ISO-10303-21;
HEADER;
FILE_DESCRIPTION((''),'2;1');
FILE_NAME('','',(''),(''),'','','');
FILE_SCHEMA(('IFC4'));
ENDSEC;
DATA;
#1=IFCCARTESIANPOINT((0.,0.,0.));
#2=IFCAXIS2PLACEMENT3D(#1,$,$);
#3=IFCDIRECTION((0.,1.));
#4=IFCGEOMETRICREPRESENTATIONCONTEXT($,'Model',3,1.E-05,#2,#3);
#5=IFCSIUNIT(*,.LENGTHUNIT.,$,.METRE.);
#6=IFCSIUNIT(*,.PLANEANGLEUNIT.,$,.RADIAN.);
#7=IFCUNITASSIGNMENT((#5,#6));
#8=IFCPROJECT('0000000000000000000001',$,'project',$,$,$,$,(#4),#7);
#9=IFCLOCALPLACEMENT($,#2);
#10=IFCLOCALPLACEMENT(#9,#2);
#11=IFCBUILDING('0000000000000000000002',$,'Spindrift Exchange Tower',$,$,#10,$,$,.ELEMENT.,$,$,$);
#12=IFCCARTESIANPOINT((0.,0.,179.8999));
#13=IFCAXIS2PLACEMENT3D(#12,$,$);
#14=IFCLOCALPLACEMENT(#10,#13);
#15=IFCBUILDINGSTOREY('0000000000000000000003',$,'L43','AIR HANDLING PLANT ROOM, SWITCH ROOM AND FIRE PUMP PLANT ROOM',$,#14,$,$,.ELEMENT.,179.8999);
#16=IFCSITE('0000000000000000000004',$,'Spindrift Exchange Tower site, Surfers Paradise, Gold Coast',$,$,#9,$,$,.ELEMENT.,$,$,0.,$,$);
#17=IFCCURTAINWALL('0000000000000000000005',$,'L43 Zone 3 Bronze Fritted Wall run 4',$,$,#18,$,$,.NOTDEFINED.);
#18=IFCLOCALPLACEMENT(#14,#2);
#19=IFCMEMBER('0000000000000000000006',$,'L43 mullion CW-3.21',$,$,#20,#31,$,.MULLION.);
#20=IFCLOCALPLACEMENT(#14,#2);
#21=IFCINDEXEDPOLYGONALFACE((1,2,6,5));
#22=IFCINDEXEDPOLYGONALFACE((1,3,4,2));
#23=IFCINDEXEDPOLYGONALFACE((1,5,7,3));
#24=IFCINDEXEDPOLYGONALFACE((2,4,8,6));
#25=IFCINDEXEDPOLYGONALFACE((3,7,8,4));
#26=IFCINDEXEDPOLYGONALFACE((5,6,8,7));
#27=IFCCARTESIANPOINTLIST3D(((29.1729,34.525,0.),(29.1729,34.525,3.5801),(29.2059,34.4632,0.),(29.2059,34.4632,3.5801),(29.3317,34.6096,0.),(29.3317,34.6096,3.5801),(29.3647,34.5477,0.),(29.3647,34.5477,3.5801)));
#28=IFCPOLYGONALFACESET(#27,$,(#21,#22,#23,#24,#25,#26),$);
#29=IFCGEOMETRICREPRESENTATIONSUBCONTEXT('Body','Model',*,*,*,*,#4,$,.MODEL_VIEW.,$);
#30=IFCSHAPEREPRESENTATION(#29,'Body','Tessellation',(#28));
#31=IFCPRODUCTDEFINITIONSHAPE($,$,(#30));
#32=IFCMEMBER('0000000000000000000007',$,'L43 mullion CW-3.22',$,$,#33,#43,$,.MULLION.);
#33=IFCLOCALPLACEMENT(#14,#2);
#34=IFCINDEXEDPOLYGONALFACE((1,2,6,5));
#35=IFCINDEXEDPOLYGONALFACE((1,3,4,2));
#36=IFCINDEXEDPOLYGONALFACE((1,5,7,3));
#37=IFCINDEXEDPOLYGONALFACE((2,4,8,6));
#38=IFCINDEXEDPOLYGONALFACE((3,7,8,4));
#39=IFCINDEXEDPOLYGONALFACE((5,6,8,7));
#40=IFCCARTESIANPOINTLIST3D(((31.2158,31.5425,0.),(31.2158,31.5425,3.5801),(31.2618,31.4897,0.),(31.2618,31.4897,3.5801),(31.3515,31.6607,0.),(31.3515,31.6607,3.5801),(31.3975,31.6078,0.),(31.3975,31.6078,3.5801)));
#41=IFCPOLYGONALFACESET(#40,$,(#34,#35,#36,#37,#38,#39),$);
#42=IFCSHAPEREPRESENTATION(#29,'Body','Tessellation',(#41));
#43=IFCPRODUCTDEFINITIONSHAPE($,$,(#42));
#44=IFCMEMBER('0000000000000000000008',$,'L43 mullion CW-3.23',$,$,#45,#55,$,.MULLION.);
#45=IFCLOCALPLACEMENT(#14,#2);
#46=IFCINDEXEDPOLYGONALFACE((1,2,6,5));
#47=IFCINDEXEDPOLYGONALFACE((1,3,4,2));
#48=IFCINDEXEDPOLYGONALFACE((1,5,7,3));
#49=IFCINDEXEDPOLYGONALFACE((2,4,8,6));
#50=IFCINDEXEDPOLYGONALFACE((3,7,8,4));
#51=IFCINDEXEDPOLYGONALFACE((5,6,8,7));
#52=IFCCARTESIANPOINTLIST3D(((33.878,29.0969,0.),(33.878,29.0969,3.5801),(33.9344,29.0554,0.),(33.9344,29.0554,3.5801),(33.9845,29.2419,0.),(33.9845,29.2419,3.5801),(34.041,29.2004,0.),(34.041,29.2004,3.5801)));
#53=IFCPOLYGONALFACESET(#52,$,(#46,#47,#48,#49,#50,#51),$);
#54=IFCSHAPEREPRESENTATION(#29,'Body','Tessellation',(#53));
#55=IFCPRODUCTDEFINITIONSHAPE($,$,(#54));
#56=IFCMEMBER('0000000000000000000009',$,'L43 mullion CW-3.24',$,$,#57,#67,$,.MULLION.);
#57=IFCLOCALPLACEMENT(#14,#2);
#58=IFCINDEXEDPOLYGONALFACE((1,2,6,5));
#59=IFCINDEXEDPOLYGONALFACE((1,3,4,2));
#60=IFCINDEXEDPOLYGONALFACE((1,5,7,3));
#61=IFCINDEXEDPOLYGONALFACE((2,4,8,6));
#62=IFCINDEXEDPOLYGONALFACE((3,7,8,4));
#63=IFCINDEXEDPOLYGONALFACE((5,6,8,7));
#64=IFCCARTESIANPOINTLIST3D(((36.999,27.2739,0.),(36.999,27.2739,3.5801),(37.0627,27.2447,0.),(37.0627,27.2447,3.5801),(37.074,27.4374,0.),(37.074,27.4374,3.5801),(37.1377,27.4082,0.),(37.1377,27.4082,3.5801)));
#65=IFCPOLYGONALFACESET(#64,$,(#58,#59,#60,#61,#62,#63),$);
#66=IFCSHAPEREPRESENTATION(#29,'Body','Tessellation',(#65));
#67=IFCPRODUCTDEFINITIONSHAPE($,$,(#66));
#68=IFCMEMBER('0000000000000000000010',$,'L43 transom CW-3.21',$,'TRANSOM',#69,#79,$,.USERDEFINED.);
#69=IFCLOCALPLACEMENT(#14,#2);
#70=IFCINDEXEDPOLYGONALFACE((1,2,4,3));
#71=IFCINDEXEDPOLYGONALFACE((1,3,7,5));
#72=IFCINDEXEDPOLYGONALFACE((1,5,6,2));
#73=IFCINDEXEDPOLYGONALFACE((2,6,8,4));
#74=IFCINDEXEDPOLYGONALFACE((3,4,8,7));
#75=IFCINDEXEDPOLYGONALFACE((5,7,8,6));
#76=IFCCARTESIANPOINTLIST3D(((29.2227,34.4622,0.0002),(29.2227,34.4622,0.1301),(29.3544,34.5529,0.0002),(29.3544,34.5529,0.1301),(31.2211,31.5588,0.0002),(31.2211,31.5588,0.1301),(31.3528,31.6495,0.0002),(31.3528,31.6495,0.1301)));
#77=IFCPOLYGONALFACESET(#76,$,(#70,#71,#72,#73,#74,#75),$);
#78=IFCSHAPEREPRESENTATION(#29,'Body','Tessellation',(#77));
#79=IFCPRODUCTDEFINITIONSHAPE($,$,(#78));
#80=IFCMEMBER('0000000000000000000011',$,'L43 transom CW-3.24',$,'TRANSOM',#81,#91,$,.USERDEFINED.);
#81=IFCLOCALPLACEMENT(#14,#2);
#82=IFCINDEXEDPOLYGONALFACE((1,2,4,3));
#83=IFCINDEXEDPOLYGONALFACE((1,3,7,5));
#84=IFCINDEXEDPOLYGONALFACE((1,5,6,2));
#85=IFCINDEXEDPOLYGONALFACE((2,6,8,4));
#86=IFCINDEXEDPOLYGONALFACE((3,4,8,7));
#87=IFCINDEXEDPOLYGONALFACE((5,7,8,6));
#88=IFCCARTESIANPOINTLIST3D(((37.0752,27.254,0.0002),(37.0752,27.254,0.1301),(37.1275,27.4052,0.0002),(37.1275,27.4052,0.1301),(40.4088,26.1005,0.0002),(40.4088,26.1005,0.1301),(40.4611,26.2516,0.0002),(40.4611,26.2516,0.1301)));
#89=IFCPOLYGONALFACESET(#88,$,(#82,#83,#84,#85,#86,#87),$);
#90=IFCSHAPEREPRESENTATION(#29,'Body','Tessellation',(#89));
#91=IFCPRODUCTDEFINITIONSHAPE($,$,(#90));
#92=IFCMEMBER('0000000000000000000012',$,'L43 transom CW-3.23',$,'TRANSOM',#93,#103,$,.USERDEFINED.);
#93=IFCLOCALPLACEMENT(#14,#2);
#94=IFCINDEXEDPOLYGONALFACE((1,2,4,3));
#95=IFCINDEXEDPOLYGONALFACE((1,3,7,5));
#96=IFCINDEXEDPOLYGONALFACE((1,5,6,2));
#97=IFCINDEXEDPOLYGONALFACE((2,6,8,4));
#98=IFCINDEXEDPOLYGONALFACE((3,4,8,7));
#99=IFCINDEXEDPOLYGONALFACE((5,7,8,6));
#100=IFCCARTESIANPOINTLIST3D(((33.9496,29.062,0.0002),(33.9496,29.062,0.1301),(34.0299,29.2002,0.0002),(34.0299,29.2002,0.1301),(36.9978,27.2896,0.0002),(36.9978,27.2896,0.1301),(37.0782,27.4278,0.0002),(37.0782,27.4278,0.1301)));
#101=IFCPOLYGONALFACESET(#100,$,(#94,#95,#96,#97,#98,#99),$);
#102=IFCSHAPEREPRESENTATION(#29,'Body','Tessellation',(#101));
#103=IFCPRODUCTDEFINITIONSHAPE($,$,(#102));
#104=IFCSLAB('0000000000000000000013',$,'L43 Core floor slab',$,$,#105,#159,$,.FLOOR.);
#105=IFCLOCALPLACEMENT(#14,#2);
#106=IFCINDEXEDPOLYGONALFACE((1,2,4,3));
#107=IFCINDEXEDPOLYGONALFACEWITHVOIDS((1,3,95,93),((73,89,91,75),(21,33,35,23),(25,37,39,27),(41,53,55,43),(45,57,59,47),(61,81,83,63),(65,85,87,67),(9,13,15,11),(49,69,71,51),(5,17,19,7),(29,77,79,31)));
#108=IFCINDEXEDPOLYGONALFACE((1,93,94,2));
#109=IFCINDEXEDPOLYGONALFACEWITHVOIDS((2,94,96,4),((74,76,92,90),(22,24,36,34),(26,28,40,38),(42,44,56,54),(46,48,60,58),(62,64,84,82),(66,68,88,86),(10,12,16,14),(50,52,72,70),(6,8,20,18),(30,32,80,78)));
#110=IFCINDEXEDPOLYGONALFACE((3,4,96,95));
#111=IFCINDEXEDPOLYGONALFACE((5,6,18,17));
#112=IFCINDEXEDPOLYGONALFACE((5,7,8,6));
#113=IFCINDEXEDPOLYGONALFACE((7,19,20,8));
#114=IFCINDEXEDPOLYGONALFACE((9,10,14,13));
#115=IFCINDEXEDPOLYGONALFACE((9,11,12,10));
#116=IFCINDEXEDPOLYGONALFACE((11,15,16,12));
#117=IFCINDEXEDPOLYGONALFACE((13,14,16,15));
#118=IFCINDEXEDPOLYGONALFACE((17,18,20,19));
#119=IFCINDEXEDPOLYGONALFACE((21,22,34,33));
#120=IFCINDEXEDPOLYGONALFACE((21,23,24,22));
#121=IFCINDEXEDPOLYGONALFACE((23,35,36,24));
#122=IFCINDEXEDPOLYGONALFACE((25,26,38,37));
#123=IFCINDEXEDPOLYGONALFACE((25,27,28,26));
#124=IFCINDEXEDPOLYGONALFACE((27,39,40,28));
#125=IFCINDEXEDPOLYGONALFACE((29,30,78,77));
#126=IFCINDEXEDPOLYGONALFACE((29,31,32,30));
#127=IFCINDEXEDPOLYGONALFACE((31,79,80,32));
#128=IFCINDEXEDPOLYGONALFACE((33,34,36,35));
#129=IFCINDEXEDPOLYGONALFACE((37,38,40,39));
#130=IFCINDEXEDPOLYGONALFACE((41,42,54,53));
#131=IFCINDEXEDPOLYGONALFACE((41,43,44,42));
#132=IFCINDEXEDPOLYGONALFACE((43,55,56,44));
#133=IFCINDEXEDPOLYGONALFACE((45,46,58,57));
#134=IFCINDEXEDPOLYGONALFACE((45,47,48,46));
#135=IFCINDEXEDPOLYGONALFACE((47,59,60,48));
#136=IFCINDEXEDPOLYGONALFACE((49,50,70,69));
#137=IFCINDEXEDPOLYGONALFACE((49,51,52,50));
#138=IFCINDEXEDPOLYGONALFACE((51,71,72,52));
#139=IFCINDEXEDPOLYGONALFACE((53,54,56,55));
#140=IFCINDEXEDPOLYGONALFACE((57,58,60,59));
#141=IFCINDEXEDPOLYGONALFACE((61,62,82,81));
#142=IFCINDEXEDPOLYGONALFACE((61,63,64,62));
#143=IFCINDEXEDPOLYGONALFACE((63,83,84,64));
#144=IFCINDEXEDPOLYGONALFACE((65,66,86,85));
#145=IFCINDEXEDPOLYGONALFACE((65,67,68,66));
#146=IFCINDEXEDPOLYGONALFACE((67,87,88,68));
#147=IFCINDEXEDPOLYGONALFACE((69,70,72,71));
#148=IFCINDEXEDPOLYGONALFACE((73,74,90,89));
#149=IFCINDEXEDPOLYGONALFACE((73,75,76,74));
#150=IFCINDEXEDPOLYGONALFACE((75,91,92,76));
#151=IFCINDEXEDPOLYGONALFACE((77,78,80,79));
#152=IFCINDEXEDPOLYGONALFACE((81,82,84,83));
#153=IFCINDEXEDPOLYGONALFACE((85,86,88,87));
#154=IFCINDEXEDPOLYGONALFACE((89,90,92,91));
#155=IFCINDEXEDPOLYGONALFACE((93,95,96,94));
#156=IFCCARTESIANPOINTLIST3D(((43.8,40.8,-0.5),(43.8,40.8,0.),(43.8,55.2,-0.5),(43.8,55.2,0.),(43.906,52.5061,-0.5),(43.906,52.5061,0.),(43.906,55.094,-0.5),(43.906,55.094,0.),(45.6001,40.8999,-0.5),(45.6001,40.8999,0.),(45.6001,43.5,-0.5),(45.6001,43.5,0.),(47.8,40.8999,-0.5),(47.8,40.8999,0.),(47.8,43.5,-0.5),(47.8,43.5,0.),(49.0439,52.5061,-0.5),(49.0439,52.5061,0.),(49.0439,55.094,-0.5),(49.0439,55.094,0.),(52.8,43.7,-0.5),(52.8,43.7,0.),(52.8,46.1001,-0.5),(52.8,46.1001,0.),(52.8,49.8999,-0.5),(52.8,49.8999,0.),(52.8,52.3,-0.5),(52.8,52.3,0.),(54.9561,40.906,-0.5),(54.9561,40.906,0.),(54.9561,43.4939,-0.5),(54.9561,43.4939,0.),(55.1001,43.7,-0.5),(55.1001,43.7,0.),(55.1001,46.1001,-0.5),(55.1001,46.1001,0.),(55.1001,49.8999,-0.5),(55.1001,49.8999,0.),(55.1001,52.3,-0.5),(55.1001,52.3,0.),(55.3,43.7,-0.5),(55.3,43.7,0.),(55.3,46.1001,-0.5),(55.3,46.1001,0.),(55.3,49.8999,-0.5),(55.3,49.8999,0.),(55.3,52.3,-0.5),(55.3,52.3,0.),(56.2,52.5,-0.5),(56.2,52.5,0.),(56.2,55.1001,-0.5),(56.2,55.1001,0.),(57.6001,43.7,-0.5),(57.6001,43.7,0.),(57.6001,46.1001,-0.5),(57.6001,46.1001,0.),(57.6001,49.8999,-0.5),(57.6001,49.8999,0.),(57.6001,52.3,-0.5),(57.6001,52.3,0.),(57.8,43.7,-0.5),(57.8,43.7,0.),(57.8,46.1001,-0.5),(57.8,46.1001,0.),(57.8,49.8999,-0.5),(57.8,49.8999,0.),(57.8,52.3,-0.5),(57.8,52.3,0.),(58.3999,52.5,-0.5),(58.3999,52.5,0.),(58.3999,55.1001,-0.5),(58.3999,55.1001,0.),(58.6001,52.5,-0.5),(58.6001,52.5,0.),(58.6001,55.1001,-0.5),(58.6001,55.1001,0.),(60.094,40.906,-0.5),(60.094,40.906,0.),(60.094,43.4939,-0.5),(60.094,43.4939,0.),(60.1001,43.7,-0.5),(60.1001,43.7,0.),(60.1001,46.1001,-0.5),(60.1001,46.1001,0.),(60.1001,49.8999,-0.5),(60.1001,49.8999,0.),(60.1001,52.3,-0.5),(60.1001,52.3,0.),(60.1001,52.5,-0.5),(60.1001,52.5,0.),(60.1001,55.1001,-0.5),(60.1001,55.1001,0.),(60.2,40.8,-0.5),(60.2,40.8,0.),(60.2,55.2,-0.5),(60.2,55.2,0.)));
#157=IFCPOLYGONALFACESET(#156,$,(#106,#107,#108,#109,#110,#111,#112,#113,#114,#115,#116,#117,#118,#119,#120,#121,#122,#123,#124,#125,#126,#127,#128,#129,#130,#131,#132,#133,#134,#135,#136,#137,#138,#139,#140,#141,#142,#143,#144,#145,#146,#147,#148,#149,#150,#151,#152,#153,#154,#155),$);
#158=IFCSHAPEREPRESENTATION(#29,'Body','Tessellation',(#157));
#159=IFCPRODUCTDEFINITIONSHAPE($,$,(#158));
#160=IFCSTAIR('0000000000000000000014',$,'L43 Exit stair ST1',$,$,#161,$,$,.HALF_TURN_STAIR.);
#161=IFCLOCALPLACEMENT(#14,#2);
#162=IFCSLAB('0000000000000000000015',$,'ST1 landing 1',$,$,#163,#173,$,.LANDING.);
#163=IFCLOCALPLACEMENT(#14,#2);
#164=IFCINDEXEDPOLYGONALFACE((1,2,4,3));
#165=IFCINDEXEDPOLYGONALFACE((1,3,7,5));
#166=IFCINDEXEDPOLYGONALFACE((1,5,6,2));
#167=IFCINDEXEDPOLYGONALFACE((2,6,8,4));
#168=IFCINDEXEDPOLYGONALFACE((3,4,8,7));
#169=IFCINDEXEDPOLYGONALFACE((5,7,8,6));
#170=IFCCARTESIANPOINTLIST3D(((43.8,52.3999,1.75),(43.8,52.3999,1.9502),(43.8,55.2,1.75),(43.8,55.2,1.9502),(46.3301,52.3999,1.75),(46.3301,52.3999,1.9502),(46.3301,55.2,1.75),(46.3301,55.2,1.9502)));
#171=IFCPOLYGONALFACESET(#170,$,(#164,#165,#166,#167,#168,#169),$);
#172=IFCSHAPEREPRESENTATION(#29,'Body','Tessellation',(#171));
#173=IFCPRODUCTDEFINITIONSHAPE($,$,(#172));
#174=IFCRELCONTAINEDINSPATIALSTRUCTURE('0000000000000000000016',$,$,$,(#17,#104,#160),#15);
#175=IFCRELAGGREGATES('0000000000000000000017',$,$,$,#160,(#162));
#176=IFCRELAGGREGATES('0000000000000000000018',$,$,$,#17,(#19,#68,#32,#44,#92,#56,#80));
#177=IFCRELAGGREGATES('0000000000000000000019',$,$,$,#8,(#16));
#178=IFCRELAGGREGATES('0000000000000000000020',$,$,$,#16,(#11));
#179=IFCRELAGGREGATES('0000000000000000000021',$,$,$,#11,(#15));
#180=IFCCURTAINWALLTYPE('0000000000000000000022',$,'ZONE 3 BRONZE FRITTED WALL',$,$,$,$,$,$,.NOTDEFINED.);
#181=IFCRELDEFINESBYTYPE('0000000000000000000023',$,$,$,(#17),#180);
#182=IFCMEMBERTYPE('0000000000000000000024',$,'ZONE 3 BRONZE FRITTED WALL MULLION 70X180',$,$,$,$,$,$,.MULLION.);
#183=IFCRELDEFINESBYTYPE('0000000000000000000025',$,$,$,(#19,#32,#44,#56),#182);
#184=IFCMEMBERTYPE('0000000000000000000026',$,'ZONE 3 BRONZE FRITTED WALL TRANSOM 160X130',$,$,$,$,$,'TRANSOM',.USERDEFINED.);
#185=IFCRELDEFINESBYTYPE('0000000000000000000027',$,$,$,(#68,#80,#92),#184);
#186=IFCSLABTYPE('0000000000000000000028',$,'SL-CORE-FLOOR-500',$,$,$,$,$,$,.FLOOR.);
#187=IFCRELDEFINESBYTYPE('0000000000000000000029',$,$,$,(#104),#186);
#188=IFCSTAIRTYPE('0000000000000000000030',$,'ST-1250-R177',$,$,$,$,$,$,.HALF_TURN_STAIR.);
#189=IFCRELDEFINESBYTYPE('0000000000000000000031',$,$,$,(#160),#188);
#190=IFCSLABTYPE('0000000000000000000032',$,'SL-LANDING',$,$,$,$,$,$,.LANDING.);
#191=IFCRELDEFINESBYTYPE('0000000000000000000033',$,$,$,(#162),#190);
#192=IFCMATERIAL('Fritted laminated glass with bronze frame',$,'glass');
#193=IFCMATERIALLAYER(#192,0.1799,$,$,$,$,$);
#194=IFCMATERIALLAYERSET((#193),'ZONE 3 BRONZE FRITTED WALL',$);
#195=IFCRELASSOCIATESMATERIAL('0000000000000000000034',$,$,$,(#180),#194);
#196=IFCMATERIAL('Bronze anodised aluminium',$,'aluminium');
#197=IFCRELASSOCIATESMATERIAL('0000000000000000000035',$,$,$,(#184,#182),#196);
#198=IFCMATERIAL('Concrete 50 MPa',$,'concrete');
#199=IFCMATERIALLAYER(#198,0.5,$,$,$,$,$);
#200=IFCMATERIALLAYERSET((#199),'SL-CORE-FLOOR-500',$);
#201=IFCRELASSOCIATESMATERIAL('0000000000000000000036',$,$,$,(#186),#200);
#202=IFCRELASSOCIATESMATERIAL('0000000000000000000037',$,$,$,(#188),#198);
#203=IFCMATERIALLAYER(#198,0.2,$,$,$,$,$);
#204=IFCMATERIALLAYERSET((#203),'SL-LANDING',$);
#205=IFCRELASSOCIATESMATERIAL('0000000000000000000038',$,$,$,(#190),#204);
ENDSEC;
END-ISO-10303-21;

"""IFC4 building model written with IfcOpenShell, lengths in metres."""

from ifc_helpers import new_model, si_unit, direction, frame, origin, origin_2d, place, context, subcontext, project, spatial, line, indexed_curve, rectangle, outline, extrude, source, transform, mapped, material, layer, layer_set, material_profile, profile_set, type_object, element, aggregate, save


model = new_model("IFC4")

# Units and contexts
model_context = context("Model", 3, precision=1e-05, world=origin(), true_north=direction((0.0, 1.0)))
body_context = subcontext(model_context, "Body", "Model", "MODEL_VIEW")
ifc_project = project(units=[si_unit("LENGTHUNIT", "METRE"), si_unit("PLANEANGLEUNIT", "RADIAN")], contexts=[model_context])

# Site, building, storey
site_placement = place(None, origin())
site = spatial("IfcSite", under=ifc_project, at=site_placement, Name="Spindrift Exchange Tower site, Surfers Paradise, Gold Coast", CompositionType="ELEMENT", RefElevation=0.0)
building_placement = place(site_placement, origin())
building = spatial("IfcBuilding", under=site, at=building_placement, Name="Spindrift Exchange Tower", CompositionType="ELEMENT")
storey_placement = place(building_placement, frame((0.0, 0.0, 179.8999)))
storey = spatial("IfcBuildingStorey", under=building, at=storey_placement, Name="L43", Description="AIR HANDLING PLANT ROOM, SWITCH ROOM AND FIRE PUMP PLANT ROOM", CompositionType="ELEMENT", Elevation=179.8999)

# Shared definitions
ifc_material_1 = material(Name="Concrete 50 MPa", Category="concrete")

# Curtain wall, members
ifc_material_2 = material(Name="Fritted laminated glass with bronze frame", Category="glass")
ifc_layer_1 = layer(ifc_material_2, 0.1799)
ifc_layer_set_1 = layer_set([ifc_layer_1], Name="ZONE 3 BRONZE FRITTED WALL")
curtain_wall_type = type_object("IfcCurtainWallType", Name="ZONE 3 BRONZE FRITTED WALL", PredefinedType="NOTDEFINED", material=ifc_layer_set_1)
curtain_wall_placement = place(storey_placement, origin())
curtain_wall = element("IfcCurtainWall", 1, at=curtain_wall_placement, inside=storey, type_object=curtain_wall_type, Name="L43 Zone 3 Bronze Fritted Wall run 4", PredefinedType="NOTDEFINED")
ifc_material_3 = material(Name="Bronze anodised aluminium", Category="aluminium")
ifc_material_profile_1 = material_profile(ifc_material_3, rectangle(XDim=0.1599, YDim=0.1299, at=origin_2d()), Name="ZONE 3 BRONZE FRITTED WALL TRANSOM 160X130")
ifc_profile_set_1 = profile_set([ifc_material_profile_1], Name="Bronze anodised aluminium")
member_type_1 = type_object("IfcMemberType", Name="ZONE 3 BRONZE FRITTED WALL TRANSOM 160X130", ElementType="TRANSOM", PredefinedType="USERDEFINED", material=ifc_profile_set_1)
ifc_material_profile_2 = material_profile(ifc_material_3, rectangle(XDim=0.0701, YDim=0.1799, at=origin_2d()), Name="ZONE 3 BRONZE FRITTED WALL MULLION 70X180")
ifc_profile_set_2 = profile_set([ifc_material_profile_2], Name="Bronze anodised aluminium")
member_type_2 = type_object("IfcMemberType", Name="ZONE 3 BRONZE FRITTED WALL MULLION 70X180", PredefinedType="MULLION", material=ifc_profile_set_2)
shared_shape_1 = source(origin(), body_context, "Body", "SweptSolid", [
    extrude(rectangle(XDim=0.0701, YDim=0.1799, at=origin_2d()), origin(), (0.0, 0.0, 1.0), 3.5801),
])
member_1_placement = place(storey_placement, frame((29.2688, 34.5364, 0.0), z_axis=(0.0, 0.0, 1.0), x_axis=(0.469975, -0.88268, 0.0)))
member_1 = element("IfcMember", 2, at=member_1_placement, type_object=member_type_2, Name="L43 mullion CW-3.21", PredefinedType="MULLION", context=body_context, shape_type="MappedRepresentation", body=[
    mapped(shared_shape_1, transform((0.0, 0.0, 0.0), scale=1.0)),
])
member_2_placement = place(storey_placement, frame((31.3066, 31.5752, 0.0), z_axis=(0.0, 0.0, 1.0), x_axis=(0.656645, -0.7542, 0.0)))
member_2 = element("IfcMember", 3, at=member_2_placement, type_object=member_type_2, Name="L43 mullion CW-3.22", PredefinedType="MULLION", context=body_context, shape_type="MappedRepresentation", body=[
    mapped(shared_shape_1, transform((0.0, 0.0, 0.0), scale=1.0)),
])
member_3_placement = place(storey_placement, frame((33.9595, 29.1487, 0.0), z_axis=(0.0, 0.0, 1.0), x_axis=(0.805787, -0.592206, 0.0)))
member_3 = element("IfcMember", 4, at=member_3_placement, type_object=member_type_2, Name="L43 mullion CW-3.23", PredefinedType="MULLION", context=body_context, shape_type="MappedRepresentation", body=[
    mapped(shared_shape_1, transform((0.0, 0.0, 0.0), scale=1.0)),
])
member_4_placement = place(storey_placement, frame((37.0684, 27.3411, 0.0), z_axis=(0.0, 0.0, 1.0), x_axis=(0.908994, -0.416809, 0.0)))
member_4 = element("IfcMember", 5, at=member_4_placement, type_object=member_type_2, Name="L43 mullion CW-3.24", PredefinedType="MULLION", context=body_context, shape_type="MappedRepresentation", body=[
    mapped(shared_shape_1, transform((0.0, 0.0, 0.0), scale=1.0)),
])
shared_shape_2 = source(origin(), body_context, "Body", "SweptSolid", [
    extrude(rectangle(XDim=0.1599, YDim=0.1299, at=origin_2d()), origin(), (0.0, 0.0, 1.0), 3.5247),
])
member_5_placement = place(storey_placement, frame((29.2886, 34.5076, 0.0652), z_axis=(0.566964, -0.823743, 0.0), x_axis=(0.823743, 0.566964, 0.0)))
member_5 = element("IfcMember", 6, at=member_5_placement, type_object=member_type_1, Name="L43 transom CW-3.21", ObjectType="TRANSOM", PredefinedType="USERDEFINED", context=body_context, shape_type="MappedRepresentation", body=[
    mapped(shared_shape_2, transform((0.0, 0.0, 0.0), scale=1.0)),
])
shared_shape_3 = source(origin(), body_context, "Body", "SweptSolid", [
    extrude(rectangle(XDim=0.1599, YDim=0.1299, at=origin_2d()), origin(), (0.0, 0.0, 1.0), 3.5276),
])
member_6_placement = place(storey_placement, frame((37.1013, 27.3296, 0.0652), z_axis=(0.945023, -0.327004, 0.0), x_axis=(0.327004, 0.945023, 0.0)))
member_6 = element("IfcMember", 7, at=member_6_placement, type_object=member_type_1, Name="L43 transom CW-3.24", ObjectType="TRANSOM", PredefinedType="USERDEFINED", context=body_context, shape_type="MappedRepresentation", body=[
    mapped(shared_shape_3, transform((0.0, 0.0, 0.0), scale=1.0)),
])
shared_shape_4 = source(origin(), body_context, "Body", "SweptSolid", [
    extrude(rectangle(XDim=0.1599, YDim=0.1299, at=origin_2d()), origin(), (0.0, 0.0, 1.0), 3.5261),
])
member_7_placement = place(storey_placement, frame((33.9897, 29.1311, 0.0652), z_axis=(0.864486, -0.502657, 0.0), x_axis=(0.502657, 0.864486, 0.0)))
member_7 = element("IfcMember", 8, at=member_7_placement, type_object=member_type_1, Name="L43 transom CW-3.23", ObjectType="TRANSOM", PredefinedType="USERDEFINED", context=body_context, shape_type="MappedRepresentation", body=[
    mapped(shared_shape_4, transform((0.0, 0.0, 0.0), scale=1.0)),
])

# Slab
ifc_layer_2 = layer(ifc_material_1, 0.5)
ifc_layer_set_2 = layer_set([ifc_layer_2], Name="SL-CORE-FLOOR-500")
slab_type_1 = type_object("IfcSlabType", Name="SL-CORE-FLOOR-500", PredefinedType="FLOOR", material=ifc_layer_set_2)
slab_1_placement = place(storey_placement, frame((0.0, 0.0, -0.5)))
element("IfcSlab", 9, at=slab_1_placement, inside=storey, type_object=slab_type_1, Name="L43 Core floor slab", PredefinedType="FLOOR", context=body_context, shape_type="SweptSolid", body=[
    extrude(outline(indexed_curve([(43.8, 40.8), (43.8, 55.2), (60.2, 55.2), (60.2, 40.8)], segments=[line(1, 2, 3, 4, 1)], self_intersect=False), holes=[indexed_curve([(45.6001, 43.5), (45.6001, 40.8999), (47.8, 40.8999), (47.8, 43.5)], segments=[line(1, 2, 3, 4, 1)], self_intersect=False), indexed_curve([(52.8, 46.1001), (52.8, 43.7), (55.1001, 43.7), (55.1001, 46.1001)], segments=[line(1, 2, 3, 4, 1)], self_intersect=False), indexed_curve([(55.3, 46.1001), (55.3, 43.7), (57.6001, 43.7), (57.6001, 46.1001)], segments=[line(1, 2, 3, 4, 1)], self_intersect=False), indexed_curve([(55.1001, 52.3), (52.8, 52.3), (52.8, 49.8999), (55.1001, 49.8999)], segments=[line(1, 2, 3, 4, 1)], self_intersect=False), indexed_curve([(57.6001, 52.3), (55.3, 52.3), (55.3, 49.8999), (57.6001, 49.8999)], segments=[line(1, 2, 3, 4, 1)], self_intersect=False), indexed_curve([(43.906, 52.5061), (49.0439, 52.5061), (49.0439, 55.094), (43.906, 55.094)], segments=[line(1, 2, 3, 4, 1)], self_intersect=False), indexed_curve([(60.094, 40.906), (60.094, 43.4939), (54.9561, 43.4939), (54.9561, 40.906)], segments=[line(1, 2, 3, 4, 1)], self_intersect=False), indexed_curve([(60.1001, 46.1001), (57.8, 46.1001), (57.8, 43.7), (60.1001, 43.7)], segments=[line(1, 2, 3, 4, 1)], self_intersect=False), indexed_curve([(57.8, 52.3), (57.8, 49.8999), (60.1001, 49.8999), (60.1001, 52.3)], segments=[line(1, 2, 3, 4, 1)], self_intersect=False), indexed_curve([(58.3999, 55.1001), (56.2, 55.1001), (56.2, 52.5), (58.3999, 52.5)], segments=[line(1, 2, 3, 4, 1)], self_intersect=False), indexed_curve([(60.1001, 55.1001), (58.6001, 55.1001), (58.6001, 52.5), (60.1001, 52.5)], segments=[line(1, 2, 3, 4, 1)], self_intersect=False)]), origin(), (0.0, 0.0, 1.0), 0.5),
])

# Stair, slab
stair_type = type_object("IfcStairType", Name="ST-1250-R177", PredefinedType="HALF_TURN_STAIR", material=ifc_material_1)
stair_1_placement = place(storey_placement, origin())
stair_1 = element("IfcStair", 10, at=stair_1_placement, inside=storey, type_object=stair_type, Name="L43 Exit stair ST1", PredefinedType="HALF_TURN_STAIR")
ifc_layer_3 = layer(ifc_material_1, 0.2)
ifc_layer_set_3 = layer_set([ifc_layer_3], Name="SL-LANDING")
slab_type_2 = type_object("IfcSlabType", Name="SL-LANDING", PredefinedType="LANDING", material=ifc_layer_set_3)
slab_2_placement = place(storey_placement, frame((0.0, 0.0, 1.75)))
slab_2 = element("IfcSlab", 11, at=slab_2_placement, type_object=slab_type_2, Name="ST1 landing 1", PredefinedType="LANDING", context=body_context, shape_type="SweptSolid", body=[
    extrude(outline(indexed_curve([(46.3301, 52.3999), (43.8, 52.3999), (43.8, 55.2), (46.3301, 55.2)], segments=[line(1, 2, 3, 4, 1)], self_intersect=False)), origin(), (0.0, 0.0, 1.0), 0.2002),
])
aggregate(stair_1, [slab_2])

aggregate(curtain_wall, [member_1, member_5, member_2, member_3, member_7, member_4, member_6])

save(model, "model.ifc")
